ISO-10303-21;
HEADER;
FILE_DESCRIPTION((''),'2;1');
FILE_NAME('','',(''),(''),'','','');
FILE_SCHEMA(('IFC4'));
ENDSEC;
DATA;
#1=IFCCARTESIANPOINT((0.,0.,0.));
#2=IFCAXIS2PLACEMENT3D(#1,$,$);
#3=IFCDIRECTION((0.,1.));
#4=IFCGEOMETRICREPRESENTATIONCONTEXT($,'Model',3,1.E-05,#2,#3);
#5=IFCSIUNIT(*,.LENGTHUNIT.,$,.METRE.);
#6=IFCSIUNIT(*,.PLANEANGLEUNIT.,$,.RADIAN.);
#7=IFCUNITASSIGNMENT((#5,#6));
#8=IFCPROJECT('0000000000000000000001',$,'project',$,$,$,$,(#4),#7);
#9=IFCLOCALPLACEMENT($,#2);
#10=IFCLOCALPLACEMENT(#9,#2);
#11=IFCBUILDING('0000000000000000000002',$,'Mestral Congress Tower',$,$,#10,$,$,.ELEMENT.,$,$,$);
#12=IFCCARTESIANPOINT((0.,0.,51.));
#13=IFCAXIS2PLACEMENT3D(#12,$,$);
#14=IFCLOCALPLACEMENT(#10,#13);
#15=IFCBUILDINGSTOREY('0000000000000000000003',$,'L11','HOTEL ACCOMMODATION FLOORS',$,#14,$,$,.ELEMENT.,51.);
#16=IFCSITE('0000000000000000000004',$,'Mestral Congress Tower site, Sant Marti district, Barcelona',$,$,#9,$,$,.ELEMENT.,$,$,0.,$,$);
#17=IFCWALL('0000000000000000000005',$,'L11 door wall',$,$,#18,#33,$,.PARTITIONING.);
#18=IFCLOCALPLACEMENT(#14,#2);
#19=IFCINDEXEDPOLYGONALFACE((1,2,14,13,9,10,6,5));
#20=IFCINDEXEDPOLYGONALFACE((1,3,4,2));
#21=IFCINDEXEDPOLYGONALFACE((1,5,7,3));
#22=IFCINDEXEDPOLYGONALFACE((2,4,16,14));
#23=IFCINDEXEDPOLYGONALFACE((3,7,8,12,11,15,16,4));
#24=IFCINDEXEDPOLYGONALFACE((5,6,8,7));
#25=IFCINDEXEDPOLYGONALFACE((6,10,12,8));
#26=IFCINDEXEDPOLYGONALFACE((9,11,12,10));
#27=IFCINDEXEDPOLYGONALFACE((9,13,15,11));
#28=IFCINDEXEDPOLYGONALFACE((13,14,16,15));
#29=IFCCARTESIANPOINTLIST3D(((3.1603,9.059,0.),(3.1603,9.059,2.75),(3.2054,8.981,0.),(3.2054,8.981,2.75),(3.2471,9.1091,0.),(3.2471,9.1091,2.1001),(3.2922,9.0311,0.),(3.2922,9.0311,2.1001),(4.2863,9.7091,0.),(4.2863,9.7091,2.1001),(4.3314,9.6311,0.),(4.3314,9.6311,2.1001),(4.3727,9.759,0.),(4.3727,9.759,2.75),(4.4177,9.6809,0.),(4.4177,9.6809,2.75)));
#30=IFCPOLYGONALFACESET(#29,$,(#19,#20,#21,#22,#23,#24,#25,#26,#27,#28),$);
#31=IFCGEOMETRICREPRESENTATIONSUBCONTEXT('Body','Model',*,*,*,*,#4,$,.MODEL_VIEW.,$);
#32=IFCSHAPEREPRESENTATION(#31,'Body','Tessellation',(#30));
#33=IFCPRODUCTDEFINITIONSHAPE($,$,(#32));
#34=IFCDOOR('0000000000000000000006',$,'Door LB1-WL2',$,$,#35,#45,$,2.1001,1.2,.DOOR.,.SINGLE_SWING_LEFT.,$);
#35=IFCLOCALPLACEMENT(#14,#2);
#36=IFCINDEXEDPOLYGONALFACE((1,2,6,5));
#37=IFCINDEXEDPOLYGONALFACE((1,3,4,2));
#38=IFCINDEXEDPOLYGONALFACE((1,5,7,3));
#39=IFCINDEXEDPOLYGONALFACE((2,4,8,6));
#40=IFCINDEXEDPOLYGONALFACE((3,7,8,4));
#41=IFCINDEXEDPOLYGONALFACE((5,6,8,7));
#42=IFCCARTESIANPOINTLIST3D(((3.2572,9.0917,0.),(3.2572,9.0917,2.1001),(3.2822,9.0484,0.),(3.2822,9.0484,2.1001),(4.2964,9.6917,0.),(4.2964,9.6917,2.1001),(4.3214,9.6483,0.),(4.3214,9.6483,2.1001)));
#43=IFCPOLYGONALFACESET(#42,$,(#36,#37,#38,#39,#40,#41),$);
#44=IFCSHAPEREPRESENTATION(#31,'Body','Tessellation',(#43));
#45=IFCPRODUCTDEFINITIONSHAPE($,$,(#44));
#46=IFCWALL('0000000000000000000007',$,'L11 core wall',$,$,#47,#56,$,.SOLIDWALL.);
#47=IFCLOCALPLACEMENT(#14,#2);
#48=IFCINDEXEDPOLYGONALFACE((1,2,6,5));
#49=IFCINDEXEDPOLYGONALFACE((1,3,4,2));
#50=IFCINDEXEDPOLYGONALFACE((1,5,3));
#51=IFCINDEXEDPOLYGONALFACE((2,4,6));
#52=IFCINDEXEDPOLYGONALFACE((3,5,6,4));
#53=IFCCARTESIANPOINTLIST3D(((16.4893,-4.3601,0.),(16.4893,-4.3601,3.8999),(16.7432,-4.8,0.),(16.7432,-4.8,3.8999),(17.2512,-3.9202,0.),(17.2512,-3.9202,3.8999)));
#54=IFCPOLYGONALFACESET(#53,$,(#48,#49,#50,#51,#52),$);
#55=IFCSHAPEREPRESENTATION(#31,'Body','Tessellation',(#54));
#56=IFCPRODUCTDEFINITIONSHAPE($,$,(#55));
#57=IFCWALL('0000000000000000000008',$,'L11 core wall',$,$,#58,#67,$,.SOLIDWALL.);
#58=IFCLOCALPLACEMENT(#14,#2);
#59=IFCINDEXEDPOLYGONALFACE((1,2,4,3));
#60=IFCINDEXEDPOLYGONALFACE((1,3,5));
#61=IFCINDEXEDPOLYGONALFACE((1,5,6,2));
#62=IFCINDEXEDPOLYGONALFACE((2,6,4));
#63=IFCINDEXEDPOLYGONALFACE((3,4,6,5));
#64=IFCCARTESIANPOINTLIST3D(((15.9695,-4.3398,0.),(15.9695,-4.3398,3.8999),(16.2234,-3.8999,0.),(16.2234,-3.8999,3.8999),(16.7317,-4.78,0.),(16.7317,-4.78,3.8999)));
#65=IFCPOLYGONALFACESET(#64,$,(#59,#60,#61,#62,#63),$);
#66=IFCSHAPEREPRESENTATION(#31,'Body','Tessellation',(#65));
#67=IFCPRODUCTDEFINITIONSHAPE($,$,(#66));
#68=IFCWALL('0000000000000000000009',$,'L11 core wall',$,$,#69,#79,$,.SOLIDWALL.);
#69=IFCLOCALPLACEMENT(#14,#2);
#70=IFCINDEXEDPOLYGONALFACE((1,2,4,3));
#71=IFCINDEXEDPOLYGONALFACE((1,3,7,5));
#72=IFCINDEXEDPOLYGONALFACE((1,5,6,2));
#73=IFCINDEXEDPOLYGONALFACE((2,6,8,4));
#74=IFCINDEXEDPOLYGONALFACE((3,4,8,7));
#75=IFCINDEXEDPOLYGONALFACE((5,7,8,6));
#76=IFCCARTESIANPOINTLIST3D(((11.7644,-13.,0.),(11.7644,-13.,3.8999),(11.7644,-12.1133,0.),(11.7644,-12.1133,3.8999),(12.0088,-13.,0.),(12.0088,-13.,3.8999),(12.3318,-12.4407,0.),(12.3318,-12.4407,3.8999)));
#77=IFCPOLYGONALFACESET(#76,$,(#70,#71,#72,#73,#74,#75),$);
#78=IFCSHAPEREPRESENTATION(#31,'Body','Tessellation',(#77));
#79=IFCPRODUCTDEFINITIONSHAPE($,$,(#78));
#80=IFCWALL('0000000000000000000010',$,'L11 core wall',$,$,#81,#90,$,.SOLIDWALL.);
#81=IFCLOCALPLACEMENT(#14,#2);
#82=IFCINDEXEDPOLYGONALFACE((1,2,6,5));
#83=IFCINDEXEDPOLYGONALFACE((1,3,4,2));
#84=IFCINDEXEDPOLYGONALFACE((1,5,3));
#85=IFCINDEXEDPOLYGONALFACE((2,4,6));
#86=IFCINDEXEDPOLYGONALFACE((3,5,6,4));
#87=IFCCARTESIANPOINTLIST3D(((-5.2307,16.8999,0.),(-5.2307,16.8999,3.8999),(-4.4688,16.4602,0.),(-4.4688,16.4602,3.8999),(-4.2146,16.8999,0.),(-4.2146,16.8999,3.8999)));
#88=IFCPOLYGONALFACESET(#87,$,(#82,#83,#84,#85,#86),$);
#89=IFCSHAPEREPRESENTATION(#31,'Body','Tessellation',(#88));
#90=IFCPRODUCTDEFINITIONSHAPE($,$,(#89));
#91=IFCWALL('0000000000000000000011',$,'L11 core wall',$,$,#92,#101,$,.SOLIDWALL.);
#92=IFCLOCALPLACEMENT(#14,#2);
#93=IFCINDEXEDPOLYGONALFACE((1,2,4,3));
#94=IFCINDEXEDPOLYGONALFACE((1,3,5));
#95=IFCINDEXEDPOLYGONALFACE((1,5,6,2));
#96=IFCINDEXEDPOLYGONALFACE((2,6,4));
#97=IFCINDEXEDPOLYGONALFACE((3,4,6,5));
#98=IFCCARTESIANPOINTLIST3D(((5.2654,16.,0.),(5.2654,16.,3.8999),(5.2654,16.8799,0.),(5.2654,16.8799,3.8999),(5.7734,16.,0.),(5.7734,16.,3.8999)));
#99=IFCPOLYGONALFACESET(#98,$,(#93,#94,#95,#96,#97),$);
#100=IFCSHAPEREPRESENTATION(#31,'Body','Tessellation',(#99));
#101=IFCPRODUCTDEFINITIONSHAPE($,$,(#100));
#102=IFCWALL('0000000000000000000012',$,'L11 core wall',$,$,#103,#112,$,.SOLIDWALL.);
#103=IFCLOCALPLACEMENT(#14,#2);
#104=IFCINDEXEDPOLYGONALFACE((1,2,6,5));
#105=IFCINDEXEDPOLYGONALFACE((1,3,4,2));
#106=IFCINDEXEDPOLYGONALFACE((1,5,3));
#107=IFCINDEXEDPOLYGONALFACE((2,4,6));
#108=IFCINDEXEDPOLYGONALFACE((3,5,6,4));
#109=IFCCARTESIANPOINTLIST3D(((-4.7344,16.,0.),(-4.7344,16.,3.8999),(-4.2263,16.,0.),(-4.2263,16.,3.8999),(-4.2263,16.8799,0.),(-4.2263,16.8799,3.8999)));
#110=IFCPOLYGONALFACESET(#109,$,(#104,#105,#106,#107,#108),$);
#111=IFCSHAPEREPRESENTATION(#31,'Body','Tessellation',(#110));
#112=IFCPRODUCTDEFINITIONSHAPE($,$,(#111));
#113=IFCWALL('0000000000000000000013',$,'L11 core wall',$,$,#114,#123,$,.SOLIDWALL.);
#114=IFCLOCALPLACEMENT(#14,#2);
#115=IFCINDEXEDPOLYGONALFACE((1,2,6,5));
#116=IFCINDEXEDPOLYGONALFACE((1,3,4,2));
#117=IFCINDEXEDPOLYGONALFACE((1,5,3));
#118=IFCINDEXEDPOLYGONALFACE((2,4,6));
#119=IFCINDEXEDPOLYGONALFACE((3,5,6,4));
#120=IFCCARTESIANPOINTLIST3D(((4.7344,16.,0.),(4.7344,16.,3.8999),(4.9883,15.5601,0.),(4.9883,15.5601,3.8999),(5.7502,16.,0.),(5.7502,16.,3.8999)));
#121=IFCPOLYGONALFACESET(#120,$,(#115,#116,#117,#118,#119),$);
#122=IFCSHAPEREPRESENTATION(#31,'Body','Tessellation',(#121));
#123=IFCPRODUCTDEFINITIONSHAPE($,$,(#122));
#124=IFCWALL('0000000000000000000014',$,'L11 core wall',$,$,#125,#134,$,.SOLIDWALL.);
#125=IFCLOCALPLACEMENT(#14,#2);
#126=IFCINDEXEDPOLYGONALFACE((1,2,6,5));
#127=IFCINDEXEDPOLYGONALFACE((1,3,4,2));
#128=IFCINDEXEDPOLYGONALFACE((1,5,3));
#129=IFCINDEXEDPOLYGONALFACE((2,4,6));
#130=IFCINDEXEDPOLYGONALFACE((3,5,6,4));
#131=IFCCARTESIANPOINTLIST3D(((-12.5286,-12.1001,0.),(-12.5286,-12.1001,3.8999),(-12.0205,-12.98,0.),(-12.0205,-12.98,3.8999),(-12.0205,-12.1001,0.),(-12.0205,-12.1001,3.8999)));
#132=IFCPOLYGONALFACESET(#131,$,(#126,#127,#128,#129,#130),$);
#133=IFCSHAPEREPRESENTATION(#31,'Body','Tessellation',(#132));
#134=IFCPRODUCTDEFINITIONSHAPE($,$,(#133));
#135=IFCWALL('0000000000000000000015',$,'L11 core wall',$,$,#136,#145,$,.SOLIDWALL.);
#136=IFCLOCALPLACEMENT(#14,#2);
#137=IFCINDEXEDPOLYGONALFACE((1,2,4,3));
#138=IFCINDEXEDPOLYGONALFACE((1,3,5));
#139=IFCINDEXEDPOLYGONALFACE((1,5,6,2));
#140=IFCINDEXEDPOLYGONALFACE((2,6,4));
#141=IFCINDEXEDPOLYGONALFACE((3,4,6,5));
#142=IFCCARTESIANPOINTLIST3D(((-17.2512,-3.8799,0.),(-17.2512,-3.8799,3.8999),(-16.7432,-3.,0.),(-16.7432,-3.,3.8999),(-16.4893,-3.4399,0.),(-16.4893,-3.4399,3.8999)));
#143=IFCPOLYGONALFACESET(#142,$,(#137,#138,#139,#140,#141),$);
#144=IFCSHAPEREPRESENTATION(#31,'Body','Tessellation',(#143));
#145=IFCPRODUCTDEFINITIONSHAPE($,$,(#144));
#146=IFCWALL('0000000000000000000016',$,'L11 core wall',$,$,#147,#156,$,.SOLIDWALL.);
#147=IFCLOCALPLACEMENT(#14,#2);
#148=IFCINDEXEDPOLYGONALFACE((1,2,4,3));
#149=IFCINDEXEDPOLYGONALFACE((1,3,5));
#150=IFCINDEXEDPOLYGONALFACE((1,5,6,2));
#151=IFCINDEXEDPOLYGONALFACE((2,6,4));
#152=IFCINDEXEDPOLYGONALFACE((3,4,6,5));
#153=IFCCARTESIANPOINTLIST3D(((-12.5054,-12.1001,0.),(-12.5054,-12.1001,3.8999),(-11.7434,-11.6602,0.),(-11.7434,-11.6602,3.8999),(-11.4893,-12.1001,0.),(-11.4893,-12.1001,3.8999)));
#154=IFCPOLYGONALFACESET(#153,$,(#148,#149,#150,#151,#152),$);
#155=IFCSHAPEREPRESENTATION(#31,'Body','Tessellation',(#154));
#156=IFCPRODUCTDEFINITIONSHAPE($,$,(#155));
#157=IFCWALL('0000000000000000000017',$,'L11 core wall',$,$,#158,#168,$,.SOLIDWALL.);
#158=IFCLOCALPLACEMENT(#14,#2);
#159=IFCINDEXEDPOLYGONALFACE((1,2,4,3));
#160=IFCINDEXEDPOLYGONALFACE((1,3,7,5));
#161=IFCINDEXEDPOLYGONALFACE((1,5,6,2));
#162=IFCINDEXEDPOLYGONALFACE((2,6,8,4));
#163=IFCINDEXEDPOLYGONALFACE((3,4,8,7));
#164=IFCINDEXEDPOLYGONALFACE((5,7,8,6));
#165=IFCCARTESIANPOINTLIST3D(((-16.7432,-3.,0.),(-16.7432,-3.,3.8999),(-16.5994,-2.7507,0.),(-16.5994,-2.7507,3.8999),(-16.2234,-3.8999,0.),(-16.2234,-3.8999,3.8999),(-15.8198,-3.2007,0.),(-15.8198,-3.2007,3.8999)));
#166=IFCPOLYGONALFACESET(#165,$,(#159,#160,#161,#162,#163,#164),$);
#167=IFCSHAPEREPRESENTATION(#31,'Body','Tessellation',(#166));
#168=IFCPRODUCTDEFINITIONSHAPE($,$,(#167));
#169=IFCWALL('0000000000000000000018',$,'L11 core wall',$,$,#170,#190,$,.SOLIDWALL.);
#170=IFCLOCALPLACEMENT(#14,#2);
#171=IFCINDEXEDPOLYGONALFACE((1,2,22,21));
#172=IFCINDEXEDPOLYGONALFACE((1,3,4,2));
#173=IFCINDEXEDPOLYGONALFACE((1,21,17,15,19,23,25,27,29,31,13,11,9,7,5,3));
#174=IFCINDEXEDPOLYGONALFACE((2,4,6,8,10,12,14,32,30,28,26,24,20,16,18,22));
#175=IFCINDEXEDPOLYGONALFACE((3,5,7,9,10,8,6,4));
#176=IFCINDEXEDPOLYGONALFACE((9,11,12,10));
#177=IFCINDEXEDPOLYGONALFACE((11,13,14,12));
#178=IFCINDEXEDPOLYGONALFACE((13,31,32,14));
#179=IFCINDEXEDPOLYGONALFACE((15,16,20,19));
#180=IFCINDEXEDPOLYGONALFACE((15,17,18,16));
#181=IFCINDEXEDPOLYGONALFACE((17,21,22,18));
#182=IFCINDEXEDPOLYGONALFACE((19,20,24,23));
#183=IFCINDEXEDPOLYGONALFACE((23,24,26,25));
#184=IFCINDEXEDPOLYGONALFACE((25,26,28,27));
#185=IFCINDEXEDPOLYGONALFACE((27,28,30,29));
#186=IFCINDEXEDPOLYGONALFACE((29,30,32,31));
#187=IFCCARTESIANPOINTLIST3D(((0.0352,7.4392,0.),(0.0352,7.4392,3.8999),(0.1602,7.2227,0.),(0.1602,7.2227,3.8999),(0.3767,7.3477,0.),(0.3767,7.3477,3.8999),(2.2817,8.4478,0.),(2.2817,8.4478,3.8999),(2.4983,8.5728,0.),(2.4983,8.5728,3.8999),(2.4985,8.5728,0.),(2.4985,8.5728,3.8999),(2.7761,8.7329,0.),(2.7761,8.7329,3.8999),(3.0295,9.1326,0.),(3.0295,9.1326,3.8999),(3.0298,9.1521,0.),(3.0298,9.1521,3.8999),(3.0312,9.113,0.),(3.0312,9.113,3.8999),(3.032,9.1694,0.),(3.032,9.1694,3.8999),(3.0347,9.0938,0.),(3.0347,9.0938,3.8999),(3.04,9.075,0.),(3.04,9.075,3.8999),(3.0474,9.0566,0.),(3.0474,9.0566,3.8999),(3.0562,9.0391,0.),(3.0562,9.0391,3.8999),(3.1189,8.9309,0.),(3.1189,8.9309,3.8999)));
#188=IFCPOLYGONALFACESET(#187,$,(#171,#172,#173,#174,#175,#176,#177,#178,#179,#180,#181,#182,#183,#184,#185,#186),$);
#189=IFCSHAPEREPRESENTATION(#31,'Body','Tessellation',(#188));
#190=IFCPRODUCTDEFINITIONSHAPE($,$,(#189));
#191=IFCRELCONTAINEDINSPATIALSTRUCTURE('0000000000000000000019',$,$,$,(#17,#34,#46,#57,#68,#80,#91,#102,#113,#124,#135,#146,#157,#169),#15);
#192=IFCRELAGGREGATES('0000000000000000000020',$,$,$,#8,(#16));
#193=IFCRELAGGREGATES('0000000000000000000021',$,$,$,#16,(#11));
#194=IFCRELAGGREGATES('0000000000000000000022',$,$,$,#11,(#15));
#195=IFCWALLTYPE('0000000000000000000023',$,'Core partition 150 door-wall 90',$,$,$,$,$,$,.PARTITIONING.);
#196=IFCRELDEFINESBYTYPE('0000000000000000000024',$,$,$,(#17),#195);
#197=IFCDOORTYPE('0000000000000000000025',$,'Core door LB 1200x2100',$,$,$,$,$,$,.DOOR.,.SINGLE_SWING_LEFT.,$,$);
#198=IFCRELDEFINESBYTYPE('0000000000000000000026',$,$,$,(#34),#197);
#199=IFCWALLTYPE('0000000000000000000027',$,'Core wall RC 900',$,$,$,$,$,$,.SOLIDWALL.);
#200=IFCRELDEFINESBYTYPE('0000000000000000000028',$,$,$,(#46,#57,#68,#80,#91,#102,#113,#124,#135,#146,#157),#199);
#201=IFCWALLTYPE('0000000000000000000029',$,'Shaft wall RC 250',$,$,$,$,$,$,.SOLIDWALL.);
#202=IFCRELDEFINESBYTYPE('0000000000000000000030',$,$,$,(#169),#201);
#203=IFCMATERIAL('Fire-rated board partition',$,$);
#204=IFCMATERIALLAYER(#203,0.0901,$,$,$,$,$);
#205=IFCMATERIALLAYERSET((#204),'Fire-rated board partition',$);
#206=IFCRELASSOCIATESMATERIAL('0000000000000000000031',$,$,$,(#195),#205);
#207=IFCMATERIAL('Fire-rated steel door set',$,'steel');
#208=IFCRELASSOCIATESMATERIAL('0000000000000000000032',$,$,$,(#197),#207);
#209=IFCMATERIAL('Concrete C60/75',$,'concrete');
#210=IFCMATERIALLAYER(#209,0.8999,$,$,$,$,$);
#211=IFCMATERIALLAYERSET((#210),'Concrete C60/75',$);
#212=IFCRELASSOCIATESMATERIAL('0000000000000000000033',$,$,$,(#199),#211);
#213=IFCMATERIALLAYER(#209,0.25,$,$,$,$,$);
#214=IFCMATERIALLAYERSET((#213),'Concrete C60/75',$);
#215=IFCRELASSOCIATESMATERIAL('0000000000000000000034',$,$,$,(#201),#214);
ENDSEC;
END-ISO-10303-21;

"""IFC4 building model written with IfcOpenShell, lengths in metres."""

from ifc_helpers import new_model, si_unit, direction, frame, frame_2d, origin, place, context, subcontext, project, spatial, polyline, rectangle, outline, extrude, material, layer, layer_set, type_object, element, fill, save


model = new_model("IFC4")

# Units and contexts
model_context = context("Model", 3, precision=1e-05, world=origin(), true_north=direction((0.0, 1.0)))
body_context = subcontext(model_context, "Body", "Model", "MODEL_VIEW")
ifc_project = project(units=[si_unit("LENGTHUNIT", "METRE"), si_unit("PLANEANGLEUNIT", "RADIAN")], contexts=[model_context])

# Site, building, storey
site_placement = place(None, origin())
site = spatial("IfcSite", under=ifc_project, at=site_placement, Name="Mestral Congress Tower site, Sant Marti district, Barcelona", CompositionType="ELEMENT", RefElevation=0.0)
building_placement = place(site_placement, origin())
building = spatial("IfcBuilding", under=site, at=building_placement, Name="Mestral Congress Tower", CompositionType="ELEMENT")
storey_placement = place(building_placement, frame((0.0, 0.0, 51.0)))
storey = spatial("IfcBuildingStorey", under=building, at=storey_placement, Name="L11", Description="HOTEL ACCOMMODATION FLOORS", CompositionType="ELEMENT", Elevation=51.0)

# Shared definitions
ifc_material_1 = material(Name="Concrete C60/75", Category="concrete")

# Shared definitions
placement_1 = place(storey_placement, origin())

# Shared definitions
ifc_material_2 = material(Name="Fire-rated board partition")

# Wall, opening, door
ifc_layer_1 = layer(ifc_material_2, 0.0901)
ifc_layer_set_1 = layer_set([ifc_layer_1], Name="Fire-rated board partition")
wall_type_1 = type_object("IfcWallType", Name="Core partition 150 door-wall 90", PredefinedType="PARTITIONING", material=ifc_layer_set_1)
wall_1_placement = place(storey_placement, frame((3.1829, 9.02, 0.0), z_axis=(0.0, 0.0, 1.0), x_axis=(0.866035, 0.499984, 0.0)))
wall_1 = element("IfcWall", 1, at=wall_1_placement, inside=storey, type_object=wall_type_1, Name="L11 door wall", PredefinedType="PARTITIONING", context=body_context, shape_type="SweptSolid", body=[
    extrude(rectangle(XDim=1.3999, YDim=0.0901, at=frame_2d((0.7, 0.0))), origin(), (0.0, 0.0, 1.0), 2.75),
])
opening_1_placement = place(wall_1_placement, frame((0.1001, 0.0, 0.0)))
opening_1 = element("IfcOpeningElement", 2, at=opening_1_placement, cuts=wall_1, PredefinedType="OPENING", context=body_context, shape_type="SweptSolid", body=[
    extrude(rectangle(XDim=1.2, YDim=2.1001, at=frame_2d((0.6001, 1.05))), frame((0.0, 0.0549, 0.0), z_axis=(0.0, -1.0, 0.0), x_axis=(1.0, 0.0, 0.0)), (0.0, 0.0, 1.0), 0.1101),
])
ifc_material_3 = material(Name="Fire-rated steel door set", Category="steel")
door_type_1 = type_object("IfcDoorType", Name="Core door LB 1200x2100", OperationType="SINGLE_SWING_LEFT", PredefinedType="DOOR", material=ifc_material_3)
door_1_placement = place(opening_1_placement, origin())
door_1 = element("IfcDoor", 3, at=door_1_placement, inside=storey, type_object=door_type_1, Name="Door LB1-WL2", OperationType="SINGLE_SWING_LEFT", OverallHeight=2.1001, OverallWidth=1.2, PredefinedType="DOOR", context=body_context, shape_type="SweptSolid", body=[
    extrude(rectangle(XDim=1.2, YDim=2.1001, at=frame_2d((0.6001, 1.05))), frame((0.0, 0.0249, 0.0), z_axis=(0.0, -1.0, 0.0), x_axis=(1.0, 0.0, 0.0)), (0.0, 0.0, 1.0), 0.05),
])
fill(opening_1, door_1)

# Walls
ifc_layer_2 = layer(ifc_material_1, 0.8999)
ifc_layer_set_2 = layer_set([ifc_layer_2], Name="Concrete C60/75")
wall_type_2 = type_object("IfcWallType", Name="Core wall RC 900", PredefinedType="SOLIDWALL", material=ifc_layer_set_2)
element("IfcWall", 4, at=placement_1, inside=storey, type_object=wall_type_2, Name="L11 core wall", PredefinedType="SOLIDWALL", context=body_context, shape_type="SweptSolid", body=[
    extrude(outline(polyline([(16.7432, -4.8), (16.4893, -4.3601), (17.2512, -3.9202), (16.7432, -4.8)])), origin(), (0.0, 0.0, 1.0), 3.8999),
])
element("IfcWall", 5, at=placement_1, inside=storey, type_object=wall_type_2, Name="L11 core wall", PredefinedType="SOLIDWALL", context=body_context, shape_type="SweptSolid", body=[
    extrude(outline(polyline([(16.2234, -3.8999), (16.7317, -4.78), (15.9695, -4.3398), (16.2234, -3.8999)])), origin(), (0.0, 0.0, 1.0), 3.8999),
])
element("IfcWall", 6, at=placement_1, inside=storey, type_object=wall_type_2, Name="L11 core wall", PredefinedType="SOLIDWALL", context=body_context, shape_type="SweptSolid", body=[
    extrude(outline(polyline([(12.0088, -13.0), (11.7644, -13.0), (11.7644, -12.1133), (12.3318, -12.4407), (12.0088, -13.0)])), origin(), (0.0, 0.0, 1.0), 3.8999),
])
element("IfcWall", 7, at=placement_1, inside=storey, type_object=wall_type_2, Name="L11 core wall", PredefinedType="SOLIDWALL", context=body_context, shape_type="SweptSolid", body=[
    extrude(outline(polyline([(-4.2146, 16.8999), (-4.4688, 16.4602), (-5.2307, 16.8999), (-4.2146, 16.8999)])), origin(), (0.0, 0.0, 1.0), 3.8999),
])
element("IfcWall", 8, at=placement_1, inside=storey, type_object=wall_type_2, Name="L11 core wall", PredefinedType="SOLIDWALL", context=body_context, shape_type="SweptSolid", body=[
    extrude(outline(polyline([(5.2654, 16.0), (5.2654, 16.8799), (5.7734, 16.0), (5.2654, 16.0)])), origin(), (0.0, 0.0, 1.0), 3.8999),
])
element("IfcWall", 9, at=placement_1, inside=storey, type_object=wall_type_2, Name="L11 core wall", PredefinedType="SOLIDWALL", context=body_context, shape_type="SweptSolid", body=[
    extrude(outline(polyline([(-4.7344, 16.0), (-4.2263, 16.8799), (-4.2263, 16.0), (-4.7344, 16.0)])), origin(), (0.0, 0.0, 1.0), 3.8999),
])
element("IfcWall", 10, at=placement_1, inside=storey, type_object=wall_type_2, Name="L11 core wall", PredefinedType="SOLIDWALL", context=body_context, shape_type="SweptSolid", body=[
    extrude(outline(polyline([(4.7344, 16.0), (5.7502, 16.0), (4.9883, 15.5601), (4.7344, 16.0)])), origin(), (0.0, 0.0, 1.0), 3.8999),
])
element("IfcWall", 11, at=placement_1, inside=storey, type_object=wall_type_2, Name="L11 core wall", PredefinedType="SOLIDWALL", context=body_context, shape_type="SweptSolid", body=[
    extrude(outline(polyline([(-12.5286, -12.1001), (-12.0205, -12.1001), (-12.0205, -12.98), (-12.5286, -12.1001)])), origin(), (0.0, 0.0, 1.0), 3.8999),
])
element("IfcWall", 12, at=placement_1, inside=storey, type_object=wall_type_2, Name="L11 core wall", PredefinedType="SOLIDWALL", context=body_context, shape_type="SweptSolid", body=[
    extrude(outline(polyline([(-16.4893, -3.4399), (-17.2512, -3.8799), (-16.7432, -3.0), (-16.4893, -3.4399)])), origin(), (0.0, 0.0, 1.0), 3.8999),
])
element("IfcWall", 13, at=placement_1, inside=storey, type_object=wall_type_2, Name="L11 core wall", PredefinedType="SOLIDWALL", context=body_context, shape_type="SweptSolid", body=[
    extrude(outline(polyline([(-11.4893, -12.1001), (-12.5054, -12.1001), (-11.7434, -11.6602), (-11.4893, -12.1001)])), origin(), (0.0, 0.0, 1.0), 3.8999),
])
element("IfcWall", 14, at=placement_1, inside=storey, type_object=wall_type_2, Name="L11 core wall", PredefinedType="SOLIDWALL", context=body_context, shape_type="SweptSolid", body=[
    extrude(outline(polyline([(-15.8198, -3.2007), (-16.2234, -3.8999), (-16.7432, -3.0), (-16.5994, -2.7507), (-15.8198, -3.2007)])), origin(), (0.0, 0.0, 1.0), 3.8999),
])
ifc_layer_3 = layer(ifc_material_1, 0.25)
ifc_layer_set_3 = layer_set([ifc_layer_3], Name="Concrete C60/75")
wall_type_3 = type_object("IfcWallType", Name="Shaft wall RC 250", PredefinedType="SOLIDWALL", material=ifc_layer_set_3)
element("IfcWall", 15, at=placement_1, inside=storey, type_object=wall_type_3, Name="L11 core wall", PredefinedType="SOLIDWALL", context=body_context, shape_type="SweptSolid", body=[
    extrude(outline(polyline([(2.7761, 8.7329), (2.4985, 8.5728), (2.4983, 8.5728), (2.4983, 8.5728), (2.2817, 8.4478), (2.2817, 8.4478), (0.3767, 7.3477), (0.1602, 7.2227), (0.0352, 7.4392), (3.032, 9.1694), (3.0298, 9.1521), (3.0295, 9.1326), (3.0312, 9.113), (3.0347, 9.0938), (3.04, 9.075), (3.0474, 9.0566), (3.0562, 9.0391), (3.1189, 8.9309), (2.7761, 8.7329)])), origin(), (0.0, 0.0, 1.0), 3.8999),
])

save(model, "model.ifc")
